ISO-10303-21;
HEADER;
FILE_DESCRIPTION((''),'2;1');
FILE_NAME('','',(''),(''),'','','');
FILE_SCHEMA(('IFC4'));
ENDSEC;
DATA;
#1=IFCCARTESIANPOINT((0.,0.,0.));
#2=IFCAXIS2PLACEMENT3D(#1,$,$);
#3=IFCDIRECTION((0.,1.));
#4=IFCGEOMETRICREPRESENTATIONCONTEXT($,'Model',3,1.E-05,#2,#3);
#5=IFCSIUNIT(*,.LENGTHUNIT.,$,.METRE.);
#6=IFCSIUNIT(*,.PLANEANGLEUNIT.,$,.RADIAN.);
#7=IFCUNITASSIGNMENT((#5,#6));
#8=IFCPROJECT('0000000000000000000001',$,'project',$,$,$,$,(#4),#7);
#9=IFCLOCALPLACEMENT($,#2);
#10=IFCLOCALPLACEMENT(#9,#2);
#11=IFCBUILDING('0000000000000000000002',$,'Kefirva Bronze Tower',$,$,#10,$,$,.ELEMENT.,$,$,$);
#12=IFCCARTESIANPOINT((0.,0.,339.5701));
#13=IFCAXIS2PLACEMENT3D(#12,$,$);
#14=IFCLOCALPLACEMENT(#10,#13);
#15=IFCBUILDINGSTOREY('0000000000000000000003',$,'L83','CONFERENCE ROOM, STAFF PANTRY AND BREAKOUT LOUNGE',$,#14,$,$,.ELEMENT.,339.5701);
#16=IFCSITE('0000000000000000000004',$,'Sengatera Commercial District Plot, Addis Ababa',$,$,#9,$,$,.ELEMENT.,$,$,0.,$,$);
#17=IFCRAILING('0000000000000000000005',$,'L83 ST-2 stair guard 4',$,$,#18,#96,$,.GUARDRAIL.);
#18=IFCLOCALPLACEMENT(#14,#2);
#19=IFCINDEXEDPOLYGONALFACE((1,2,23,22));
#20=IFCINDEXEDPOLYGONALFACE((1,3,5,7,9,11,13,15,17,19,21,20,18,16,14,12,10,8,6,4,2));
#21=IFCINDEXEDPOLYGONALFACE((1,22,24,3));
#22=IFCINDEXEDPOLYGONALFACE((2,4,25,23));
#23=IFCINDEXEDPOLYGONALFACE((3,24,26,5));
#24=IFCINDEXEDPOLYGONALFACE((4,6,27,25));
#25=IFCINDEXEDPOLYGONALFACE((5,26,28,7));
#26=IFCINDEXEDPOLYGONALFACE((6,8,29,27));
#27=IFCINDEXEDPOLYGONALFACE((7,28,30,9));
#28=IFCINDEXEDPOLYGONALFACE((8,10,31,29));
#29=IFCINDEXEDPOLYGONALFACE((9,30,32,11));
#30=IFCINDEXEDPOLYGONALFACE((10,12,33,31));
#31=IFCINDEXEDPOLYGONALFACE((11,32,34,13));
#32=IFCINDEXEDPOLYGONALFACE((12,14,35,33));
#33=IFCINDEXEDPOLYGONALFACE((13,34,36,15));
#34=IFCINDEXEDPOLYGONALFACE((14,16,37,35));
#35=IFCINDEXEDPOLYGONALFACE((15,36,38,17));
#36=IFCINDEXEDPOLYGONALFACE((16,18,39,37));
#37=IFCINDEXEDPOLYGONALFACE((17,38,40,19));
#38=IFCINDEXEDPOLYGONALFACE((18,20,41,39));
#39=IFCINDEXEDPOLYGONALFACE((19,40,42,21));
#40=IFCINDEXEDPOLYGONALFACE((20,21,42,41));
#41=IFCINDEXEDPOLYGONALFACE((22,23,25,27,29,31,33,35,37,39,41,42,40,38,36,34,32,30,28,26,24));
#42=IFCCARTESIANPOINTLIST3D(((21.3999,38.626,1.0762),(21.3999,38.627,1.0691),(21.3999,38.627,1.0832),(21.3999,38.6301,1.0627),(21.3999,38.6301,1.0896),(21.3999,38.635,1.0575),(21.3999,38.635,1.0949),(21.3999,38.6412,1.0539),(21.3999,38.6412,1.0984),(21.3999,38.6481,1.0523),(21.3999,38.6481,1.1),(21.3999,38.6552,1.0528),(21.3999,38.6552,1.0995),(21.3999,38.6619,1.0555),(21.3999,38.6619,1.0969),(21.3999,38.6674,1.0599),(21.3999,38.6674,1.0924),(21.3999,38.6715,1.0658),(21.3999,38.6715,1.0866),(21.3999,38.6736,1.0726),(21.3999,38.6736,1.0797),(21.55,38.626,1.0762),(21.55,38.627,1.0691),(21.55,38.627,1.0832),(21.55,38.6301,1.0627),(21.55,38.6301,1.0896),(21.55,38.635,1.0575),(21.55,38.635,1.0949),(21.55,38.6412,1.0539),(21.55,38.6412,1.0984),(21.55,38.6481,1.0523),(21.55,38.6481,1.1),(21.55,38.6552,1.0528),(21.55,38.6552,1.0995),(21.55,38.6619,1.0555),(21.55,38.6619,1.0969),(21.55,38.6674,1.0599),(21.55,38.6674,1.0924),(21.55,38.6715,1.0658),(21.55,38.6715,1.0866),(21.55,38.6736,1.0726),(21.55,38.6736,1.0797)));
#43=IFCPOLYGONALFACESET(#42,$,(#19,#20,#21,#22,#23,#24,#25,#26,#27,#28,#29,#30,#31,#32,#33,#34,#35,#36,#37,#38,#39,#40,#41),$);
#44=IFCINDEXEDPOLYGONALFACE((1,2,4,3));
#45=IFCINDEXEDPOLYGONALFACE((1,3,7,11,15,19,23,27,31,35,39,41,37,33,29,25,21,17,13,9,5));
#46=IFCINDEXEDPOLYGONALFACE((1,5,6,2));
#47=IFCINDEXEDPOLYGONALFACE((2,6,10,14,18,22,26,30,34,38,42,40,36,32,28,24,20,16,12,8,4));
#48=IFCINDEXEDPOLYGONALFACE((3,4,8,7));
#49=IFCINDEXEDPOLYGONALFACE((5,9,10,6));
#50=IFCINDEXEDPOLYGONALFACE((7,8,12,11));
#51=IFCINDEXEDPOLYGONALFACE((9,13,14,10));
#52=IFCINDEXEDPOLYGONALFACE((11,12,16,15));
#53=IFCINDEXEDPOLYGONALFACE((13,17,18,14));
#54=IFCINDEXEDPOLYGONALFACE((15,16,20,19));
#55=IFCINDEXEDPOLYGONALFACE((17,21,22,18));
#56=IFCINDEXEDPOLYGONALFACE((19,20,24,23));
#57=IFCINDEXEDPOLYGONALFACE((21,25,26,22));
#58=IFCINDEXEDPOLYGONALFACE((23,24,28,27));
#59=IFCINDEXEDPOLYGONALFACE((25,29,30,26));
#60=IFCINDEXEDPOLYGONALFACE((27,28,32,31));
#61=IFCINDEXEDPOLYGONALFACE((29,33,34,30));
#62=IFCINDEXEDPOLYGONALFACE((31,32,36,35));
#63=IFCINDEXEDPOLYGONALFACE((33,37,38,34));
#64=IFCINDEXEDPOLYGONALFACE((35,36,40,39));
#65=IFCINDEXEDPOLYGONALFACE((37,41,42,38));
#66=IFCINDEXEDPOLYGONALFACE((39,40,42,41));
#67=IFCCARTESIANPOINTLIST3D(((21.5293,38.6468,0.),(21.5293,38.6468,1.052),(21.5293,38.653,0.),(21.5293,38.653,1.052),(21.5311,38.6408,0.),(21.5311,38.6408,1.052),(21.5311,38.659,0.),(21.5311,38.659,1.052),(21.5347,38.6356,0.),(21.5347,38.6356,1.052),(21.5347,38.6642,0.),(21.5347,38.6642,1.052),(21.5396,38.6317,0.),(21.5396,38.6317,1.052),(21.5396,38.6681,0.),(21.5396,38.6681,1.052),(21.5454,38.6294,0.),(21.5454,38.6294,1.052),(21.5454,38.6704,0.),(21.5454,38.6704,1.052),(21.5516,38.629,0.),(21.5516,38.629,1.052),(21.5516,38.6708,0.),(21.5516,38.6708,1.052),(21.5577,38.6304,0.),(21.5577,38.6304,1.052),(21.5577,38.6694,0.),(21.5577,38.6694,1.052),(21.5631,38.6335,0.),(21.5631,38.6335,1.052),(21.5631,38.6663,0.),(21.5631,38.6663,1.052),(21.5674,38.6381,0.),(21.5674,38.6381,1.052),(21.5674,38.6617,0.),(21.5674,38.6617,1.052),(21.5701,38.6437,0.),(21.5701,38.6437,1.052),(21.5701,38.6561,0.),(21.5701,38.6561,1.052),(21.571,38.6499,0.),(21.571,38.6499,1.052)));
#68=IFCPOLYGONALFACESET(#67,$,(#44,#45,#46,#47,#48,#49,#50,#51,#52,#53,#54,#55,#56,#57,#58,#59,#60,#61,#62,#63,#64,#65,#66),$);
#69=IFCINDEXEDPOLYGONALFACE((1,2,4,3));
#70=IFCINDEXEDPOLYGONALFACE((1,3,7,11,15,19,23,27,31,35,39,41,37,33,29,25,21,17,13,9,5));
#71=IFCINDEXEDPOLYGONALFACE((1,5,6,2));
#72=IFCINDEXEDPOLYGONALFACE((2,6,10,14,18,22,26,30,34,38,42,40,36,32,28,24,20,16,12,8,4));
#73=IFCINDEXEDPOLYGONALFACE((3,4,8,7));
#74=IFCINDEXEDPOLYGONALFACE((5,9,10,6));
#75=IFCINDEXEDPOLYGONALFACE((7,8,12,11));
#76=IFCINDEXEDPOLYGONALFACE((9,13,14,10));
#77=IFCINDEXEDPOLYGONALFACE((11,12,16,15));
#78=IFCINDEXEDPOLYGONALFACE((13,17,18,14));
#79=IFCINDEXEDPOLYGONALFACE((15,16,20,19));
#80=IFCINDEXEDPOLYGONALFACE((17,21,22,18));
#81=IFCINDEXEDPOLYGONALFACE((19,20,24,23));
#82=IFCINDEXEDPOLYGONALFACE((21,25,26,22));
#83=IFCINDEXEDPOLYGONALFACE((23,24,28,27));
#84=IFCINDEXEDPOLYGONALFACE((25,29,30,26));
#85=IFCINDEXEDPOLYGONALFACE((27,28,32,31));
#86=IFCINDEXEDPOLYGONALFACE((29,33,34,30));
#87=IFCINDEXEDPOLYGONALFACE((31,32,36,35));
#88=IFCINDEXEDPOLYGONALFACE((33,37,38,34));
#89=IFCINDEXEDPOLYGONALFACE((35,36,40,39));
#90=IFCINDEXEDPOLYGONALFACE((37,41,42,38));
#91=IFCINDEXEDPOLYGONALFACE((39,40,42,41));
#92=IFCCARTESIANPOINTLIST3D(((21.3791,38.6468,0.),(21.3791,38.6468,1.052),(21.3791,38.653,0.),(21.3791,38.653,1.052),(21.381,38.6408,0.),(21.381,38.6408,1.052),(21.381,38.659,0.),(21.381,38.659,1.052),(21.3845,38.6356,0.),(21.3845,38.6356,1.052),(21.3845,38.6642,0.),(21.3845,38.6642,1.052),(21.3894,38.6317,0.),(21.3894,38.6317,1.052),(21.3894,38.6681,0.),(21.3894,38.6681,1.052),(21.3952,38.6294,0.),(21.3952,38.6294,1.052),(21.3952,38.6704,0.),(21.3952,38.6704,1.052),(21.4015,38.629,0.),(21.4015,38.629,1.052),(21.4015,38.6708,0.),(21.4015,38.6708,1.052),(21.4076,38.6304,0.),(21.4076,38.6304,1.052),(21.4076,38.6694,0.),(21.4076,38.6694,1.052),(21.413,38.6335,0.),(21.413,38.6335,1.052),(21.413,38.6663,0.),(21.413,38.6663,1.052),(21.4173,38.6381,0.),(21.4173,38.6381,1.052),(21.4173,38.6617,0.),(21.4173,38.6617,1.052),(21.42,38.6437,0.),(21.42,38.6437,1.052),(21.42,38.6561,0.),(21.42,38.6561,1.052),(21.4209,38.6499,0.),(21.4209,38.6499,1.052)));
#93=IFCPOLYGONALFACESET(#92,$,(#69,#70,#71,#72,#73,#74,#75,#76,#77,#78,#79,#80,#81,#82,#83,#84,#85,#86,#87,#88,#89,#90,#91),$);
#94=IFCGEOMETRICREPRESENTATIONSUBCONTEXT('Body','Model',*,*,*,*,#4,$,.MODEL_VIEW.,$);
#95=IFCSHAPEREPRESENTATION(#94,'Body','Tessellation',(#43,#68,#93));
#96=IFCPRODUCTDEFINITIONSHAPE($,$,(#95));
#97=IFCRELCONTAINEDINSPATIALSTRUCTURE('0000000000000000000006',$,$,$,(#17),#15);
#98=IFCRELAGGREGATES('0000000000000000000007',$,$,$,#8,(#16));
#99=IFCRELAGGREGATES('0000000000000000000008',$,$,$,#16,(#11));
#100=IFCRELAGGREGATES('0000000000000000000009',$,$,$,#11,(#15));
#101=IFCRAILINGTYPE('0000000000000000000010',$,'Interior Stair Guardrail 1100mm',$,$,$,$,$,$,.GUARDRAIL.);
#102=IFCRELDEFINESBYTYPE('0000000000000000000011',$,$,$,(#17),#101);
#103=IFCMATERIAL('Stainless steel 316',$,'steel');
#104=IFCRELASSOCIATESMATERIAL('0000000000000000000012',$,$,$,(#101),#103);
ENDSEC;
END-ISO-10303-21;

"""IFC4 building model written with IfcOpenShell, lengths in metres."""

from ifc_helpers import new_model, si_unit, direction, frame, origin, origin_2d, place, context, subcontext, project, spatial, circle, extrude, material, type_object, element, save


model = new_model("IFC4")

# Units and contexts
model_context = context("Model", 3, precision=1e-05, world=origin(), true_north=direction((0.0, 1.0)))
body_context = subcontext(model_context, "Body", "Model", "MODEL_VIEW")
ifc_project = project(units=[si_unit("LENGTHUNIT", "METRE"), si_unit("PLANEANGLEUNIT", "RADIAN")], contexts=[model_context])

# Site, building, storey
site_placement = place(None, origin())
site = spatial("IfcSite", under=ifc_project, at=site_placement, Name="Sengatera Commercial District Plot, Addis Ababa", CompositionType="ELEMENT", RefElevation=0.0)
building_placement = place(site_placement, origin())
building = spatial("IfcBuilding", under=site, at=building_placement, Name="Kefirva Bronze Tower", CompositionType="ELEMENT")
storey_placement = place(building_placement, frame((0.0, 0.0, 339.5701)))
storey = spatial("IfcBuildingStorey", under=building, at=storey_placement, Name="L83", Description="CONFERENCE ROOM, STAFF PANTRY AND BREAKOUT LOUNGE", CompositionType="ELEMENT", Elevation=339.5701)

# Shared definitions
ifc_material_1 = material(Name="Stainless steel 316", Category="steel")

# Railing
railing_type_1 = type_object("IfcRailingType", Name="Interior Stair Guardrail 1100mm", PredefinedType="GUARDRAIL", material=ifc_material_1)
railing_1_placement = place(storey_placement, frame((21.55, 38.6499, 0.0)))
element("IfcRailing", 1, at=railing_1_placement, inside=storey, type_object=railing_type_1, Name="L83 ST-2 stair guard 4", PredefinedType="GUARDRAIL", context=body_context, shape_type="SweptSolid", body=[
    extrude(circle(Radius=0.0239, at=origin_2d()), frame((0.0, 0.0, 1.0762), z_axis=(-1.0, 0.0, 0.0), x_axis=(0.0, -1.0, 0.0)), (0.0, 0.0, 1.0), 0.1501),
    extrude(circle(Radius=0.021, at=origin_2d()), origin(), (0.0, 0.0, 1.0), 1.052),
    extrude(circle(Radius=0.021, at=origin_2d()), frame((-0.1501, 0.0, 0.0)), (0.0, 0.0, 1.0), 1.052),
])

save(model, "model.ifc")
